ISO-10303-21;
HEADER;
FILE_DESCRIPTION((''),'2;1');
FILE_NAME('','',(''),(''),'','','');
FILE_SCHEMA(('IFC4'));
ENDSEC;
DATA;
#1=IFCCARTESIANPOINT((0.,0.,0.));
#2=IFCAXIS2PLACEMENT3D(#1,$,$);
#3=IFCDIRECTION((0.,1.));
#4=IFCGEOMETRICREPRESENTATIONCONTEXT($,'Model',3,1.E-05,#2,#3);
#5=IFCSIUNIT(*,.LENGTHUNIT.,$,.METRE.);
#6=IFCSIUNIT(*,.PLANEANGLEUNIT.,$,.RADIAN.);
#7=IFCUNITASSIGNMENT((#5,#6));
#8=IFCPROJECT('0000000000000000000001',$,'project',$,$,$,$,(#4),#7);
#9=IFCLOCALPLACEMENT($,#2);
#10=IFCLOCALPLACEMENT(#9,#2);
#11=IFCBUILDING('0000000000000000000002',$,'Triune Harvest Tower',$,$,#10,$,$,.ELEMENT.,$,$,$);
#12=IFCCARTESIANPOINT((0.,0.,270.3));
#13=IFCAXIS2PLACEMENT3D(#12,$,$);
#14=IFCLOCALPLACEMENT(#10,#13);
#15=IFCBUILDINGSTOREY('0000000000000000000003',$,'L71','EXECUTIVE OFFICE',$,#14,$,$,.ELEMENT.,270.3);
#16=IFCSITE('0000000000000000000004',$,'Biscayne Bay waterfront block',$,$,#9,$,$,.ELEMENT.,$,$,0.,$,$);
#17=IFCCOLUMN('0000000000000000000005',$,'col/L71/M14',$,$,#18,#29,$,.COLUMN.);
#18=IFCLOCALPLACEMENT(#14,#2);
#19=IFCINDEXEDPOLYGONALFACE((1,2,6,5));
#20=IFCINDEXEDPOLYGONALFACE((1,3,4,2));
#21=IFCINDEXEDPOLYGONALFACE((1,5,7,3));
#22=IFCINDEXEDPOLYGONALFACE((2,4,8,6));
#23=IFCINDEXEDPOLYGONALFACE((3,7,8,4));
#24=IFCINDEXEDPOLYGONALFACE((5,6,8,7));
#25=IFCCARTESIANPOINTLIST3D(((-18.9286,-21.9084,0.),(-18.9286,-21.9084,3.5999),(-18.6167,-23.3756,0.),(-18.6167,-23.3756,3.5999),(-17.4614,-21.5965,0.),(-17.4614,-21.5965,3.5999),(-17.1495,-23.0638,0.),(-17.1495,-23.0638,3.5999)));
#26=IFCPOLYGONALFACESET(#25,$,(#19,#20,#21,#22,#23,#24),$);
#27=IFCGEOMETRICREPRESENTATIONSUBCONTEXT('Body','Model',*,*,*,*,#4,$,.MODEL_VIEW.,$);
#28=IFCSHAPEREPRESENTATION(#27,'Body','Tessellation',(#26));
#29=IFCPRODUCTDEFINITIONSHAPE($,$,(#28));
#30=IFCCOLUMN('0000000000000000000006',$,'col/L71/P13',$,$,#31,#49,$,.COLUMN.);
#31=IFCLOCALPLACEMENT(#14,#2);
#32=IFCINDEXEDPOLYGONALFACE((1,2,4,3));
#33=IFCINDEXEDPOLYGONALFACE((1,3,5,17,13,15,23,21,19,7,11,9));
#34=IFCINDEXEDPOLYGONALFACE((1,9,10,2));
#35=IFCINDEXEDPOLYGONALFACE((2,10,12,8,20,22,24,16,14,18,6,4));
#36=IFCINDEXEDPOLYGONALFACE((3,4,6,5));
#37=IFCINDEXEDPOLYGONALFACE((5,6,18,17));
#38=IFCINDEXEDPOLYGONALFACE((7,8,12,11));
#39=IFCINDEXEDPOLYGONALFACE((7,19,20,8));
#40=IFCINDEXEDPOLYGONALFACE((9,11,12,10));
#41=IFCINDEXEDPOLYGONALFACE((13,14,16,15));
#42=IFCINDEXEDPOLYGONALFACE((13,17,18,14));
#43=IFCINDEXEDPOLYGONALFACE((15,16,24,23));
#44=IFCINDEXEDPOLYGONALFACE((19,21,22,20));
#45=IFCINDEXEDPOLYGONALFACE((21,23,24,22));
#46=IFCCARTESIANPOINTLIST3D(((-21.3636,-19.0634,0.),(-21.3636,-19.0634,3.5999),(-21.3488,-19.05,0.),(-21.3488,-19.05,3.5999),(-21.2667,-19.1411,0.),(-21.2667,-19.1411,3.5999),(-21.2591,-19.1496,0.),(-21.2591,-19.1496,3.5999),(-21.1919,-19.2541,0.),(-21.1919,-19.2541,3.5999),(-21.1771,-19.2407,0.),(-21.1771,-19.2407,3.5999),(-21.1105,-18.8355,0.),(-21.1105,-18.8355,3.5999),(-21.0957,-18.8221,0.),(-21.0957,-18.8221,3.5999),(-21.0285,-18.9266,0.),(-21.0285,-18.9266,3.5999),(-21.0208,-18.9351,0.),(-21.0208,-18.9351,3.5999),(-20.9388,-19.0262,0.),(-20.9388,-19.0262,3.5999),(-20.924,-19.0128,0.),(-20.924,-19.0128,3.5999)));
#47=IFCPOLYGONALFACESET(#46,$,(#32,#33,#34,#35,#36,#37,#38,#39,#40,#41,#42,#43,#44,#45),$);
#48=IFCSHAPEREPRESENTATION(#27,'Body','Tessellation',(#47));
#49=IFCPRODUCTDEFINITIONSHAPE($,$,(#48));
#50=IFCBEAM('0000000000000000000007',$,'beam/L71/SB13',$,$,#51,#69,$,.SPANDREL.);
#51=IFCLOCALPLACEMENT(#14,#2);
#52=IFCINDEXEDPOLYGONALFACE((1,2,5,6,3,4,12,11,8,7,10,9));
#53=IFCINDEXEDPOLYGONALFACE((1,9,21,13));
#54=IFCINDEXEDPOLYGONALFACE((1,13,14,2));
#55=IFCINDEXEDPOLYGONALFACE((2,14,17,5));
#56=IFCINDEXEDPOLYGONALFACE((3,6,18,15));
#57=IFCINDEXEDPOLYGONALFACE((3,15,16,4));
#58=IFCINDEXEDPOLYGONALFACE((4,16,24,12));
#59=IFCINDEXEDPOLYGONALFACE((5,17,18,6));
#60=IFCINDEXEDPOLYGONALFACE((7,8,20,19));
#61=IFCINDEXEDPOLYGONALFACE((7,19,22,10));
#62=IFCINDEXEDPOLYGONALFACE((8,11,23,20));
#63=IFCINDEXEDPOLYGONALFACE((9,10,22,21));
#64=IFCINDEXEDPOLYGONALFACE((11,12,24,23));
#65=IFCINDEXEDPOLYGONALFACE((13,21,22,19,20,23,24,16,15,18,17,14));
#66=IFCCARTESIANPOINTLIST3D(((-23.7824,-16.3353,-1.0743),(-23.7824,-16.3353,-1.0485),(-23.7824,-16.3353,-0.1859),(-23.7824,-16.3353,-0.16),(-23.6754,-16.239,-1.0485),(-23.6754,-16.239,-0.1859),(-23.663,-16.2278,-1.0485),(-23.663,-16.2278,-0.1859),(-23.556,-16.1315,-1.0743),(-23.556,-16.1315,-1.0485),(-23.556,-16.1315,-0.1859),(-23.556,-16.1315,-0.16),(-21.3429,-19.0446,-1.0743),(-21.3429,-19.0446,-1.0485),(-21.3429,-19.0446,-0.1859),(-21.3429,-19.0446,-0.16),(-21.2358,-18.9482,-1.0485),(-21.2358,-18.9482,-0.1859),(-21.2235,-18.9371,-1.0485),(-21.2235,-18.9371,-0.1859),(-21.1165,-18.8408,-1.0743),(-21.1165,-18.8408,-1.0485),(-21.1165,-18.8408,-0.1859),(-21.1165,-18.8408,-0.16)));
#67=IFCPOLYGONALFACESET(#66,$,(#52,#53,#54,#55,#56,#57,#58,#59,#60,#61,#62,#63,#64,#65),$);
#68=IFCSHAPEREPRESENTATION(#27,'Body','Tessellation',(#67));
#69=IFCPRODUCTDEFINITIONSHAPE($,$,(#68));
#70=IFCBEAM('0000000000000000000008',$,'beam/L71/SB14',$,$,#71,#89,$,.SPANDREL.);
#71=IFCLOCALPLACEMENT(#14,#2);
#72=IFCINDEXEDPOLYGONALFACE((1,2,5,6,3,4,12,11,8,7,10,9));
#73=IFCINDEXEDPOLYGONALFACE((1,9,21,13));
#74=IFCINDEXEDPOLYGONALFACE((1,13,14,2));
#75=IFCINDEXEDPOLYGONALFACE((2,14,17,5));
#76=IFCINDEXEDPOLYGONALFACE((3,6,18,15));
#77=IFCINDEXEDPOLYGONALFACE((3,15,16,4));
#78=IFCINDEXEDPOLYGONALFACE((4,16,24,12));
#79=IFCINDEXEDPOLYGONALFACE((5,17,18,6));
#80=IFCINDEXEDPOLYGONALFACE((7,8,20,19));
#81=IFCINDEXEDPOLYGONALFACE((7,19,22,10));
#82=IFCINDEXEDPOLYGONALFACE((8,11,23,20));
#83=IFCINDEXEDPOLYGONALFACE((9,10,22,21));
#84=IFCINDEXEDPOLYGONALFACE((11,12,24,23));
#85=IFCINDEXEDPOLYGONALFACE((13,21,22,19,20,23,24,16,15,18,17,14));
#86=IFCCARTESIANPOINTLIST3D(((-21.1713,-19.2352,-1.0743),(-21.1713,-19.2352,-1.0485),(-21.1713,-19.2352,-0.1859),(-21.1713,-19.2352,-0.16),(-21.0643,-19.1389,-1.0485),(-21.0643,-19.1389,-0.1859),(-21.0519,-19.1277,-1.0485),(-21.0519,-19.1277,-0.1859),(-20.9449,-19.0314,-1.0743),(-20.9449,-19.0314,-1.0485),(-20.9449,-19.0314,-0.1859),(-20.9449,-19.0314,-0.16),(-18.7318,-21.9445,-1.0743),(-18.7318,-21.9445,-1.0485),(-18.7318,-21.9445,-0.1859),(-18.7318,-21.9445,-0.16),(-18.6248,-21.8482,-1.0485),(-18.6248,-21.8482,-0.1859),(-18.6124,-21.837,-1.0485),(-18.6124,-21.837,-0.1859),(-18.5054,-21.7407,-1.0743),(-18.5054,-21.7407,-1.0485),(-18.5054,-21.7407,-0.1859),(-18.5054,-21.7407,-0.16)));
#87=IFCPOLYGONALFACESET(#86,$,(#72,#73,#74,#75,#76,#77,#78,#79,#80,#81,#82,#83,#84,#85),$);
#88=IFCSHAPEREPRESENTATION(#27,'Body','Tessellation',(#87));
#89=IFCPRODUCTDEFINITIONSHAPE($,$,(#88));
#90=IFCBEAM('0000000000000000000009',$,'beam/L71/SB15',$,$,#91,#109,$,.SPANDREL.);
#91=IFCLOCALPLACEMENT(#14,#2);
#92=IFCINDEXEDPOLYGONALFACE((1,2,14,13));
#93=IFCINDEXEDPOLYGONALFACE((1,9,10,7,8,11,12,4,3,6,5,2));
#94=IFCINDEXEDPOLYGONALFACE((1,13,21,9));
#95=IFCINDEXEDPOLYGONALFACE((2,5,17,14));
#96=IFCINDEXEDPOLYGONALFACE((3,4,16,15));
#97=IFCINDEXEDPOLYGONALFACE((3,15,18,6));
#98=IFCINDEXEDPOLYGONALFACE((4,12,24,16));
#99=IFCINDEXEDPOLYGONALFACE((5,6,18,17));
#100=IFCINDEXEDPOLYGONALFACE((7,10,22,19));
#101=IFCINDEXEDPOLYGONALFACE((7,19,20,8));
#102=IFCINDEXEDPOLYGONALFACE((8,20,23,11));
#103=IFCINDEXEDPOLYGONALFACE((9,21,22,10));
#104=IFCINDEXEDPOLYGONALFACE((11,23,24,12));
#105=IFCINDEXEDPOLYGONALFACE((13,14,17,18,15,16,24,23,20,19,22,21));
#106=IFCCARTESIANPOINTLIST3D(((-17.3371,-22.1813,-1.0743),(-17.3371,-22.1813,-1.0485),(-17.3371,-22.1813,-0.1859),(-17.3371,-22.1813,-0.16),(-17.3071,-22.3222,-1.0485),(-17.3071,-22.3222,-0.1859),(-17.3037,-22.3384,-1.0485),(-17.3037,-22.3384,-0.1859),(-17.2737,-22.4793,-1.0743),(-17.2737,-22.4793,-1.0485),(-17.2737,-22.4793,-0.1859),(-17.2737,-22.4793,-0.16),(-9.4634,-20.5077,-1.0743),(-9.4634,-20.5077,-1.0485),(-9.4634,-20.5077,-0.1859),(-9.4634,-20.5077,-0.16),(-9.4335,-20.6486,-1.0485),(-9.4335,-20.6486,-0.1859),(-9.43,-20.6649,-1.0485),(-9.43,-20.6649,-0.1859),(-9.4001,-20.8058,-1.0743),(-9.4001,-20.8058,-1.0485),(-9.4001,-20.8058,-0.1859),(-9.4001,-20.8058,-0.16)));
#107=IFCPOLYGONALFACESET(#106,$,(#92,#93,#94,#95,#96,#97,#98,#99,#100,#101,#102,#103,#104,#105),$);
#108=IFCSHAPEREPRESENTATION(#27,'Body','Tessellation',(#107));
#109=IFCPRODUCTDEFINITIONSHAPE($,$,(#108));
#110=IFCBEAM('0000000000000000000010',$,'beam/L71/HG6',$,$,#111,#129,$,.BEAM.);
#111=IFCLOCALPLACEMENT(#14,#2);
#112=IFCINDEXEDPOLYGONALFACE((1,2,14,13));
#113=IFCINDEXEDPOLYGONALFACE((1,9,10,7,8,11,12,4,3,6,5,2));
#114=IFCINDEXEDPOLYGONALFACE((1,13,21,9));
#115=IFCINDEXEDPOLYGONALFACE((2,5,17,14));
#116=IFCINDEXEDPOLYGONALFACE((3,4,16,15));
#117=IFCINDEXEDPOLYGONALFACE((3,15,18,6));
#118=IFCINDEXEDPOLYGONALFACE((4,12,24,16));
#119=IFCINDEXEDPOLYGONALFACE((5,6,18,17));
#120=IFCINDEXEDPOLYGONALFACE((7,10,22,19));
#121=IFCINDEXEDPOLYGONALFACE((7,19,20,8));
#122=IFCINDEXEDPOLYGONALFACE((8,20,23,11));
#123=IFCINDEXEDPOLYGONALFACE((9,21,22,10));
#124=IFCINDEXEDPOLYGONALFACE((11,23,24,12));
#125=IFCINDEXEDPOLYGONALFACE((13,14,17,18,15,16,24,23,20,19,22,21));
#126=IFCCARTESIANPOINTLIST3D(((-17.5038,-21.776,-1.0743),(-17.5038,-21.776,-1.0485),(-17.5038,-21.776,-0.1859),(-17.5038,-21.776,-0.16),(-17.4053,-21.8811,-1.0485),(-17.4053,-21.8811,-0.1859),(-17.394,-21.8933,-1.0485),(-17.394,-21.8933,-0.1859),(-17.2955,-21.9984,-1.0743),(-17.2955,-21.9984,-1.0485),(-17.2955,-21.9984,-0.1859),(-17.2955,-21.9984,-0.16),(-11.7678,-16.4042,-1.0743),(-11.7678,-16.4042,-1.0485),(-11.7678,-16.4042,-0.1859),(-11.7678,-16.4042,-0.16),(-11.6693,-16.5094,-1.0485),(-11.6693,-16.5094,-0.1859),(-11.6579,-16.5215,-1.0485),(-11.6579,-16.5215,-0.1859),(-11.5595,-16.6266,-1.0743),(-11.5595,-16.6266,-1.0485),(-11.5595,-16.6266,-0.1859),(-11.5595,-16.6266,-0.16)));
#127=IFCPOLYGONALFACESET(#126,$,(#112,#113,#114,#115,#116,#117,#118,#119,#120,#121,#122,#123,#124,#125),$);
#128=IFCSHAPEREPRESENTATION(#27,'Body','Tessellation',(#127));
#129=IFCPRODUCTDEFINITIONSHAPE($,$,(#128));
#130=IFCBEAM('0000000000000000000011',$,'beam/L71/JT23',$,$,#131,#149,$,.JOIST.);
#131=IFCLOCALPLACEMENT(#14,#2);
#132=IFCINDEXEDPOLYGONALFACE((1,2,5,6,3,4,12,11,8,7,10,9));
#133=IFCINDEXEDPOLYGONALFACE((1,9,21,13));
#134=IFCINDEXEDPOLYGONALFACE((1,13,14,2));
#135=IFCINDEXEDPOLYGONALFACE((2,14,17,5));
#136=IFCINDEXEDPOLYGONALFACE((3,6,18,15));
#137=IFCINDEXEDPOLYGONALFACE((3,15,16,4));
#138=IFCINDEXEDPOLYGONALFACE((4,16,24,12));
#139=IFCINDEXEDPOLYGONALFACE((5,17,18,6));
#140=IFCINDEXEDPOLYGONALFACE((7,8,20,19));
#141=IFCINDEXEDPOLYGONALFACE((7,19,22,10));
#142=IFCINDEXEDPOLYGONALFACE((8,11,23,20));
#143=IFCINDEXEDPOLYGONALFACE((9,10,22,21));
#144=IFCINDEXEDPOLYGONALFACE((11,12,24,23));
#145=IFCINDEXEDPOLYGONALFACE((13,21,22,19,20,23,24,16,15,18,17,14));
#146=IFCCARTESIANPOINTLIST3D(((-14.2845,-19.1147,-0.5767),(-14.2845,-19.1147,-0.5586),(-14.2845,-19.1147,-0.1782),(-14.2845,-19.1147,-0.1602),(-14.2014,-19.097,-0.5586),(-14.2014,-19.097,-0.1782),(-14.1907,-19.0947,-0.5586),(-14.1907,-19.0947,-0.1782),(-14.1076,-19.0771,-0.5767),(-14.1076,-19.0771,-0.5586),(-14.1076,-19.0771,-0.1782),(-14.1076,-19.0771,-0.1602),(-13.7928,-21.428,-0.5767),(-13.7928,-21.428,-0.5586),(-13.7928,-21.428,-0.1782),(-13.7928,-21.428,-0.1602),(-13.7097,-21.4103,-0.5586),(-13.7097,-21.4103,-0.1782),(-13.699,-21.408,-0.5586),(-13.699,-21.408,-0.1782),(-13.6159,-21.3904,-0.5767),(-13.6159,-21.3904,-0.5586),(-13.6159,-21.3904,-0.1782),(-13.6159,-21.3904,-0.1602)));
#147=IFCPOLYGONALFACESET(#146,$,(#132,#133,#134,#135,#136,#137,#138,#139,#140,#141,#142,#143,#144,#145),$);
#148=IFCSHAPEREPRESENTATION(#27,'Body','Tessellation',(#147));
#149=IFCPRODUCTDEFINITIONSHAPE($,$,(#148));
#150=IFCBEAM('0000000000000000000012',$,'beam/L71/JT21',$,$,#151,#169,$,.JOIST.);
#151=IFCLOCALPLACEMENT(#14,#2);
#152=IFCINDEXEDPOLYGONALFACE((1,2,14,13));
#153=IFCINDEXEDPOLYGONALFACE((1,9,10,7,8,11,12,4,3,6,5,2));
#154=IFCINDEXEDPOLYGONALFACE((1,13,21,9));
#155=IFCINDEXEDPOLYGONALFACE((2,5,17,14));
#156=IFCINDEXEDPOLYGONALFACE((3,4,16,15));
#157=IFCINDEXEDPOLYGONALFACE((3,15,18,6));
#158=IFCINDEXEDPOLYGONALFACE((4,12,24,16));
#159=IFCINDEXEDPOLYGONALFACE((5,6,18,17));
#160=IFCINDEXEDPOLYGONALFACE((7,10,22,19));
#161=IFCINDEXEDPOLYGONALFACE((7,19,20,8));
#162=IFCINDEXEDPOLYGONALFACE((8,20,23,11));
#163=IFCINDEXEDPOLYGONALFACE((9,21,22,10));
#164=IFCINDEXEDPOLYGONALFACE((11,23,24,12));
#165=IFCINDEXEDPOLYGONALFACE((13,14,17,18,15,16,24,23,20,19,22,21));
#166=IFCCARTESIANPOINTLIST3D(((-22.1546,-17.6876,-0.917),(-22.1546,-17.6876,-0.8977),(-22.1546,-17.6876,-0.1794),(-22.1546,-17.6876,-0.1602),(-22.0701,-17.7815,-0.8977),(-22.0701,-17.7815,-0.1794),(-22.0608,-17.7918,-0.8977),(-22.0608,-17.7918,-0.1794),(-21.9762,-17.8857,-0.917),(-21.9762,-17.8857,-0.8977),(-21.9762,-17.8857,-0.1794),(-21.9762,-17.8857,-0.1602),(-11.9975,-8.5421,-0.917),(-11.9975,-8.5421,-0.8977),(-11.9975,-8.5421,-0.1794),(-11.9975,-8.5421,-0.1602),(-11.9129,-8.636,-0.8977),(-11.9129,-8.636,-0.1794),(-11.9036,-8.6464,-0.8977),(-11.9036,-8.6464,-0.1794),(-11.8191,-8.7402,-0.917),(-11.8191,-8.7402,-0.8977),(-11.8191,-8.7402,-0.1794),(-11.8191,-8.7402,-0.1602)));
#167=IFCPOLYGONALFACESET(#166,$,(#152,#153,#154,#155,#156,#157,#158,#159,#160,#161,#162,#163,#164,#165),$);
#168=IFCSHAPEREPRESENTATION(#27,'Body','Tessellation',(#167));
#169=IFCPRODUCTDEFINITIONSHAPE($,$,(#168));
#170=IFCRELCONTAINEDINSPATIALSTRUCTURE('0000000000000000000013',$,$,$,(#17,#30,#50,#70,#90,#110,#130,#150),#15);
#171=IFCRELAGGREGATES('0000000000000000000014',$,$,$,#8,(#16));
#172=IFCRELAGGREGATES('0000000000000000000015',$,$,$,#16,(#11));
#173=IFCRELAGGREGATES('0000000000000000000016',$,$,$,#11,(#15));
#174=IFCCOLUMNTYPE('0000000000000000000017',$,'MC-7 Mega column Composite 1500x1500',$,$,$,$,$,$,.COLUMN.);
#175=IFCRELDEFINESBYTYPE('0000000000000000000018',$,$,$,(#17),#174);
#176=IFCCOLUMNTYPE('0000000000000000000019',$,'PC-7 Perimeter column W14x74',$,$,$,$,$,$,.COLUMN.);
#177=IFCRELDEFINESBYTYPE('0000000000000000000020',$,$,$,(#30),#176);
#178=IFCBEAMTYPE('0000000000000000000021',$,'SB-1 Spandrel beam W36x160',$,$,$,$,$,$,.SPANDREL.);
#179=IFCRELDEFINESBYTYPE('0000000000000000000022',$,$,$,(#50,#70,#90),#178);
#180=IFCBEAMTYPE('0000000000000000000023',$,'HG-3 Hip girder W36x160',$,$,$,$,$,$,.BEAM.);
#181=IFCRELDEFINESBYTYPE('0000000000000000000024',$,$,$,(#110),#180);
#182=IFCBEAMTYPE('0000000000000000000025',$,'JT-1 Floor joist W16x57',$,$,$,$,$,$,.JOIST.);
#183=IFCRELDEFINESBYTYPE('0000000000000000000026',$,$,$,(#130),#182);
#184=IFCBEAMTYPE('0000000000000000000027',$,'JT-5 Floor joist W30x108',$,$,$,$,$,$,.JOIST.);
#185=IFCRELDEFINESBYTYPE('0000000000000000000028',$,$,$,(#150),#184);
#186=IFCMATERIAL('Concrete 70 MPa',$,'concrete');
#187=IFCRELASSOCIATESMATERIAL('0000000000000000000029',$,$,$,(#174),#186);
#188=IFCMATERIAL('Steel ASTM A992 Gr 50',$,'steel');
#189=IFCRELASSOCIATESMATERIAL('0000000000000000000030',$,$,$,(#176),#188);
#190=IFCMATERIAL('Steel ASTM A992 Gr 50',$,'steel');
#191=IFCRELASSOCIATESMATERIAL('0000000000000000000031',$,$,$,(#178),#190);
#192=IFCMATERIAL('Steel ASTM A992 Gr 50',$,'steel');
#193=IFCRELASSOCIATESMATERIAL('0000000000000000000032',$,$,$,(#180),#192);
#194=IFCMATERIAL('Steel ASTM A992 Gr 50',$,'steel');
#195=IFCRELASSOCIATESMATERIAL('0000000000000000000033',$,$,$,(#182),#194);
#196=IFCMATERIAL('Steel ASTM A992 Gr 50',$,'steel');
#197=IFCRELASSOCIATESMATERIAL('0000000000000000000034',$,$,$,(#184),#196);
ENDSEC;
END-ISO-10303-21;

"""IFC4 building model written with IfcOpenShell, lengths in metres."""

from ifc_helpers import new_model, si_unit, direction, frame, origin, origin_2d, place, context, subcontext, project, spatial, rectangle, i_section, extrude, source, transform, mapped, material, material_profile, profile_set, type_object, element, save


model = new_model("IFC4")

# Units and contexts
model_context = context("Model", 3, precision=1e-05, world=origin(), true_north=direction((0.0, 1.0)))
body_context = subcontext(model_context, "Body", "Model", "MODEL_VIEW")
ifc_project = project(units=[si_unit("LENGTHUNIT", "METRE"), si_unit("PLANEANGLEUNIT", "RADIAN")], contexts=[model_context])

# Site, building, storey
site_placement = place(None, origin())
site = spatial("IfcSite", under=ifc_project, at=site_placement, Name="Biscayne Bay waterfront block", CompositionType="ELEMENT", RefElevation=0.0)
building_placement = place(site_placement, origin())
building = spatial("IfcBuilding", under=site, at=building_placement, Name="Triune Harvest Tower", CompositionType="ELEMENT")
storey_placement = place(building_placement, frame((0.0, 0.0, 270.3)))
storey = spatial("IfcBuildingStorey", under=building, at=storey_placement, Name="L71", Description="EXECUTIVE OFFICE", CompositionType="ELEMENT", Elevation=270.3)

# Columns
ifc_material_1 = material(Name="Concrete 70 MPa", Category="concrete")
ifc_material_profile_1 = material_profile(ifc_material_1, rectangle(XDim=1.5, YDim=1.5, at=origin_2d()), Name="Composite 1500x1500")
ifc_profile_set_1 = profile_set([ifc_material_profile_1], Name="Concrete 70 MPa")
column_type_1 = type_object("IfcColumnType", Name="MC-7 Mega column Composite 1500x1500", PredefinedType="COLUMN", material=ifc_profile_set_1)
shared_shape_1 = source(origin(), body_context, "Body", "SweptSolid", [
    extrude(rectangle(XDim=1.5, YDim=1.5, at=origin_2d()), origin(), (0.0, 0.0, 1.0), 3.5999),
])
column_1_placement = place(storey_placement, frame((-18.0391, -22.4861, 0.0), z_axis=(0.0, 0.0, 1.0), x_axis=(0.978147, 0.207913, 0.0)))
element("IfcColumn", 1, at=column_1_placement, inside=storey, type_object=column_type_1, Name="col/L71/M14", PredefinedType="COLUMN", context=body_context, shape_type="MappedRepresentation", body=[
    mapped(shared_shape_1, transform((0.0, 0.0, 0.0), scale=1.0)),
])
ifc_material_2 = material(Name="Steel ASTM A992 Gr 50", Category="steel")
ifc_material_profile_2 = material_profile(ifc_material_2, i_section(OverallWidth=0.2566, OverallDepth=0.3606, WebThickness=0.0115, FlangeThickness=0.02, at=origin_2d()), Name="W14x74")
ifc_profile_set_2 = profile_set([ifc_material_profile_2], Name="Steel ASTM A992 Gr 50")
column_type_2 = type_object("IfcColumnType", Name="PC-7 Perimeter column W14x74", PredefinedType="COLUMN", material=ifc_profile_set_2)
shared_shape_2 = source(origin(), body_context, "Body", "SweptSolid", [
    extrude(i_section(OverallWidth=0.2566, OverallDepth=0.3606, WebThickness=0.0115, FlangeThickness=0.02, at=origin_2d()), origin(), (0.0, 0.0, 1.0), 3.5999),
])
column_2_placement = place(storey_placement, frame((-21.1438, -19.0381, 0.0), z_axis=(0.0, 0.0, 1.0), x_axis=(0.669129, -0.743146, 0.0)))
element("IfcColumn", 2, at=column_2_placement, inside=storey, type_object=column_type_2, Name="col/L71/P13", PredefinedType="COLUMN", context=body_context, shape_type="MappedRepresentation", body=[
    mapped(shared_shape_2, transform((0.0, 0.0, 0.0), scale=1.0)),
])

# Beams
ifc_material_3 = material(Name="Steel ASTM A992 Gr 50", Category="steel")
ifc_material_profile_3 = material_profile(ifc_material_3, i_section(OverallWidth=0.3047, OverallDepth=0.9143, WebThickness=0.0166, FlangeThickness=0.0259, at=origin_2d()), Name="W36x160")
ifc_profile_set_3 = profile_set([ifc_material_profile_3], Name="Steel ASTM A992 Gr 50")
beam_type_1 = type_object("IfcBeamType", Name="SB-1 Spandrel beam W36x160", PredefinedType="SPANDREL", material=ifc_profile_set_3)
shared_shape_3 = source(origin(), body_context, "Body", "SweptSolid", [
    extrude(i_section(OverallWidth=0.3047, OverallDepth=0.9143, WebThickness=0.0166, FlangeThickness=0.0259, at=origin_2d()), origin(), (0.0, 0.0, 1.0), 3.6458),
])
for number, where, z_axis, x_axis, name in (
    (3, (-23.6692, -16.2334, -0.6172), (0.669139, -0.743138, 0.0), (0.743138, 0.669139, 0.0), "beam/L71/SB13"),
    (4, (-21.0581, -19.1333, -0.6172), (0.669139, -0.743138, 0.0), (0.743138, 0.669139, 0.0), "beam/L71/SB14"),
):
    element("IfcBeam", number, at=place(storey_placement, frame(where, z_axis=z_axis, x_axis=x_axis)), inside=storey, type_object=beam_type_1, Name=name, PredefinedType="SPANDREL", context=body_context, shape_type="MappedRepresentation", body=[
        mapped(shared_shape_3, transform((0.0, 0.0, 0.0), scale=1.0)),
    ])
shared_shape_4 = source(origin(), body_context, "Body", "SweptSolid", [
    extrude(i_section(OverallWidth=0.3047, OverallDepth=0.9143, WebThickness=0.0166, FlangeThickness=0.0259, at=origin_2d()), origin(), (0.0, 0.0, 1.0), 8.0496),
])
beam_1_placement = place(storey_placement, frame((-17.3054, -22.3303, -0.6172), z_axis=(0.978149, 0.207907, 0.0), x_axis=(-0.207907, 0.978149, 0.0)))
element("IfcBeam", 5, at=beam_1_placement, inside=storey, type_object=beam_type_1, Name="beam/L71/SB15", PredefinedType="SPANDREL", context=body_context, shape_type="MappedRepresentation", body=[
    mapped(shared_shape_4, transform((0.0, 0.0, 0.0), scale=1.0)),
])
ifc_material_4 = material(Name="Steel ASTM A992 Gr 50", Category="steel")
ifc_material_profile_4 = material_profile(ifc_material_4, i_section(OverallWidth=0.3047, OverallDepth=0.9143, WebThickness=0.0166, FlangeThickness=0.0259, at=origin_2d()), Name="W36x160")
ifc_profile_set_4 = profile_set([ifc_material_profile_4], Name="Steel ASTM A992 Gr 50")
beam_type_2 = type_object("IfcBeamType", Name="HG-3 Hip girder W36x160", PredefinedType="BEAM", material=ifc_profile_set_4)
shared_shape_5 = source(origin(), body_context, "Body", "SweptSolid", [
    extrude(i_section(OverallWidth=0.3047, OverallDepth=0.9143, WebThickness=0.0166, FlangeThickness=0.0259, at=origin_2d()), origin(), (0.0, 0.0, 1.0), 7.8586),
])
beam_2_placement = place(storey_placement, frame((-17.3997, -21.8872, -0.6172), z_axis=(0.729902, 0.683551, 0.0), x_axis=(-0.683551, 0.729902, 0.0)))
element("IfcBeam", 6, at=beam_2_placement, inside=storey, type_object=beam_type_2, Name="beam/L71/HG6", PredefinedType="BEAM", context=body_context, shape_type="MappedRepresentation", body=[
    mapped(shared_shape_5, transform((0.0, 0.0, 0.0), scale=1.0)),
])
ifc_material_5 = material(Name="Steel ASTM A992 Gr 50", Category="steel")
ifc_material_profile_5 = material_profile(ifc_material_5, i_section(OverallWidth=0.1809, OverallDepth=0.4165, WebThickness=0.011, FlangeThickness=0.0181, at=origin_2d()), Name="W16x57")
ifc_profile_set_5 = profile_set([ifc_material_profile_5], Name="Steel ASTM A992 Gr 50")
beam_type_3 = type_object("IfcBeamType", Name="JT-1 Floor joist W16x57", PredefinedType="JOIST", material=ifc_profile_set_5)
shared_shape_6 = source(origin(), body_context, "Body", "SweptSolid", [
    extrude(i_section(OverallWidth=0.1809, OverallDepth=0.4165, WebThickness=0.011, FlangeThickness=0.0181, at=origin_2d()), origin(), (0.0, 0.0, 1.0), 2.365),
])
beam_3_placement = place(storey_placement, frame((-13.7043, -21.4092, -0.3684), z_axis=(-0.207914, 0.978147, 0.0), x_axis=(-0.978147, -0.207914, 0.0)))
element("IfcBeam", 7, at=beam_3_placement, inside=storey, type_object=beam_type_3, Name="beam/L71/JT23", PredefinedType="JOIST", context=body_context, shape_type="MappedRepresentation", body=[
    mapped(shared_shape_6, transform((0.0, 0.0, 0.0), scale=1.0)),
])
ifc_material_6 = material(Name="Steel ASTM A992 Gr 50", Category="steel")
ifc_material_profile_6 = material_profile(ifc_material_6, i_section(OverallWidth=0.2666, OverallDepth=0.7568, WebThickness=0.0139, FlangeThickness=0.0193, at=origin_2d()), Name="W30x108")
ifc_profile_set_6 = profile_set([ifc_material_profile_6], Name="Steel ASTM A992 Gr 50")
beam_type_4 = type_object("IfcBeamType", Name="JT-5 Floor joist W30x108", PredefinedType="JOIST", material=ifc_profile_set_6)
shared_shape_7 = source(origin(), body_context, "Body", "SweptSolid", [
    extrude(i_section(OverallWidth=0.2666, OverallDepth=0.7568, WebThickness=0.0139, FlangeThickness=0.0193, at=origin_2d()), origin(), (0.0, 0.0, 1.0), 13.6677),
])
beam_4_placement = place(storey_placement, frame((-22.0654, -17.7866, -0.5386), z_axis=(0.743148, 0.669127, 0.0), x_axis=(-0.669127, 0.743148, 0.0)))
element("IfcBeam", 8, at=beam_4_placement, inside=storey, type_object=beam_type_4, Name="beam/L71/JT21", PredefinedType="JOIST", context=body_context, shape_type="MappedRepresentation", body=[
    mapped(shared_shape_7, transform((0.0, 0.0, 0.0), scale=1.0)),
])

save(model, "model.ifc")
